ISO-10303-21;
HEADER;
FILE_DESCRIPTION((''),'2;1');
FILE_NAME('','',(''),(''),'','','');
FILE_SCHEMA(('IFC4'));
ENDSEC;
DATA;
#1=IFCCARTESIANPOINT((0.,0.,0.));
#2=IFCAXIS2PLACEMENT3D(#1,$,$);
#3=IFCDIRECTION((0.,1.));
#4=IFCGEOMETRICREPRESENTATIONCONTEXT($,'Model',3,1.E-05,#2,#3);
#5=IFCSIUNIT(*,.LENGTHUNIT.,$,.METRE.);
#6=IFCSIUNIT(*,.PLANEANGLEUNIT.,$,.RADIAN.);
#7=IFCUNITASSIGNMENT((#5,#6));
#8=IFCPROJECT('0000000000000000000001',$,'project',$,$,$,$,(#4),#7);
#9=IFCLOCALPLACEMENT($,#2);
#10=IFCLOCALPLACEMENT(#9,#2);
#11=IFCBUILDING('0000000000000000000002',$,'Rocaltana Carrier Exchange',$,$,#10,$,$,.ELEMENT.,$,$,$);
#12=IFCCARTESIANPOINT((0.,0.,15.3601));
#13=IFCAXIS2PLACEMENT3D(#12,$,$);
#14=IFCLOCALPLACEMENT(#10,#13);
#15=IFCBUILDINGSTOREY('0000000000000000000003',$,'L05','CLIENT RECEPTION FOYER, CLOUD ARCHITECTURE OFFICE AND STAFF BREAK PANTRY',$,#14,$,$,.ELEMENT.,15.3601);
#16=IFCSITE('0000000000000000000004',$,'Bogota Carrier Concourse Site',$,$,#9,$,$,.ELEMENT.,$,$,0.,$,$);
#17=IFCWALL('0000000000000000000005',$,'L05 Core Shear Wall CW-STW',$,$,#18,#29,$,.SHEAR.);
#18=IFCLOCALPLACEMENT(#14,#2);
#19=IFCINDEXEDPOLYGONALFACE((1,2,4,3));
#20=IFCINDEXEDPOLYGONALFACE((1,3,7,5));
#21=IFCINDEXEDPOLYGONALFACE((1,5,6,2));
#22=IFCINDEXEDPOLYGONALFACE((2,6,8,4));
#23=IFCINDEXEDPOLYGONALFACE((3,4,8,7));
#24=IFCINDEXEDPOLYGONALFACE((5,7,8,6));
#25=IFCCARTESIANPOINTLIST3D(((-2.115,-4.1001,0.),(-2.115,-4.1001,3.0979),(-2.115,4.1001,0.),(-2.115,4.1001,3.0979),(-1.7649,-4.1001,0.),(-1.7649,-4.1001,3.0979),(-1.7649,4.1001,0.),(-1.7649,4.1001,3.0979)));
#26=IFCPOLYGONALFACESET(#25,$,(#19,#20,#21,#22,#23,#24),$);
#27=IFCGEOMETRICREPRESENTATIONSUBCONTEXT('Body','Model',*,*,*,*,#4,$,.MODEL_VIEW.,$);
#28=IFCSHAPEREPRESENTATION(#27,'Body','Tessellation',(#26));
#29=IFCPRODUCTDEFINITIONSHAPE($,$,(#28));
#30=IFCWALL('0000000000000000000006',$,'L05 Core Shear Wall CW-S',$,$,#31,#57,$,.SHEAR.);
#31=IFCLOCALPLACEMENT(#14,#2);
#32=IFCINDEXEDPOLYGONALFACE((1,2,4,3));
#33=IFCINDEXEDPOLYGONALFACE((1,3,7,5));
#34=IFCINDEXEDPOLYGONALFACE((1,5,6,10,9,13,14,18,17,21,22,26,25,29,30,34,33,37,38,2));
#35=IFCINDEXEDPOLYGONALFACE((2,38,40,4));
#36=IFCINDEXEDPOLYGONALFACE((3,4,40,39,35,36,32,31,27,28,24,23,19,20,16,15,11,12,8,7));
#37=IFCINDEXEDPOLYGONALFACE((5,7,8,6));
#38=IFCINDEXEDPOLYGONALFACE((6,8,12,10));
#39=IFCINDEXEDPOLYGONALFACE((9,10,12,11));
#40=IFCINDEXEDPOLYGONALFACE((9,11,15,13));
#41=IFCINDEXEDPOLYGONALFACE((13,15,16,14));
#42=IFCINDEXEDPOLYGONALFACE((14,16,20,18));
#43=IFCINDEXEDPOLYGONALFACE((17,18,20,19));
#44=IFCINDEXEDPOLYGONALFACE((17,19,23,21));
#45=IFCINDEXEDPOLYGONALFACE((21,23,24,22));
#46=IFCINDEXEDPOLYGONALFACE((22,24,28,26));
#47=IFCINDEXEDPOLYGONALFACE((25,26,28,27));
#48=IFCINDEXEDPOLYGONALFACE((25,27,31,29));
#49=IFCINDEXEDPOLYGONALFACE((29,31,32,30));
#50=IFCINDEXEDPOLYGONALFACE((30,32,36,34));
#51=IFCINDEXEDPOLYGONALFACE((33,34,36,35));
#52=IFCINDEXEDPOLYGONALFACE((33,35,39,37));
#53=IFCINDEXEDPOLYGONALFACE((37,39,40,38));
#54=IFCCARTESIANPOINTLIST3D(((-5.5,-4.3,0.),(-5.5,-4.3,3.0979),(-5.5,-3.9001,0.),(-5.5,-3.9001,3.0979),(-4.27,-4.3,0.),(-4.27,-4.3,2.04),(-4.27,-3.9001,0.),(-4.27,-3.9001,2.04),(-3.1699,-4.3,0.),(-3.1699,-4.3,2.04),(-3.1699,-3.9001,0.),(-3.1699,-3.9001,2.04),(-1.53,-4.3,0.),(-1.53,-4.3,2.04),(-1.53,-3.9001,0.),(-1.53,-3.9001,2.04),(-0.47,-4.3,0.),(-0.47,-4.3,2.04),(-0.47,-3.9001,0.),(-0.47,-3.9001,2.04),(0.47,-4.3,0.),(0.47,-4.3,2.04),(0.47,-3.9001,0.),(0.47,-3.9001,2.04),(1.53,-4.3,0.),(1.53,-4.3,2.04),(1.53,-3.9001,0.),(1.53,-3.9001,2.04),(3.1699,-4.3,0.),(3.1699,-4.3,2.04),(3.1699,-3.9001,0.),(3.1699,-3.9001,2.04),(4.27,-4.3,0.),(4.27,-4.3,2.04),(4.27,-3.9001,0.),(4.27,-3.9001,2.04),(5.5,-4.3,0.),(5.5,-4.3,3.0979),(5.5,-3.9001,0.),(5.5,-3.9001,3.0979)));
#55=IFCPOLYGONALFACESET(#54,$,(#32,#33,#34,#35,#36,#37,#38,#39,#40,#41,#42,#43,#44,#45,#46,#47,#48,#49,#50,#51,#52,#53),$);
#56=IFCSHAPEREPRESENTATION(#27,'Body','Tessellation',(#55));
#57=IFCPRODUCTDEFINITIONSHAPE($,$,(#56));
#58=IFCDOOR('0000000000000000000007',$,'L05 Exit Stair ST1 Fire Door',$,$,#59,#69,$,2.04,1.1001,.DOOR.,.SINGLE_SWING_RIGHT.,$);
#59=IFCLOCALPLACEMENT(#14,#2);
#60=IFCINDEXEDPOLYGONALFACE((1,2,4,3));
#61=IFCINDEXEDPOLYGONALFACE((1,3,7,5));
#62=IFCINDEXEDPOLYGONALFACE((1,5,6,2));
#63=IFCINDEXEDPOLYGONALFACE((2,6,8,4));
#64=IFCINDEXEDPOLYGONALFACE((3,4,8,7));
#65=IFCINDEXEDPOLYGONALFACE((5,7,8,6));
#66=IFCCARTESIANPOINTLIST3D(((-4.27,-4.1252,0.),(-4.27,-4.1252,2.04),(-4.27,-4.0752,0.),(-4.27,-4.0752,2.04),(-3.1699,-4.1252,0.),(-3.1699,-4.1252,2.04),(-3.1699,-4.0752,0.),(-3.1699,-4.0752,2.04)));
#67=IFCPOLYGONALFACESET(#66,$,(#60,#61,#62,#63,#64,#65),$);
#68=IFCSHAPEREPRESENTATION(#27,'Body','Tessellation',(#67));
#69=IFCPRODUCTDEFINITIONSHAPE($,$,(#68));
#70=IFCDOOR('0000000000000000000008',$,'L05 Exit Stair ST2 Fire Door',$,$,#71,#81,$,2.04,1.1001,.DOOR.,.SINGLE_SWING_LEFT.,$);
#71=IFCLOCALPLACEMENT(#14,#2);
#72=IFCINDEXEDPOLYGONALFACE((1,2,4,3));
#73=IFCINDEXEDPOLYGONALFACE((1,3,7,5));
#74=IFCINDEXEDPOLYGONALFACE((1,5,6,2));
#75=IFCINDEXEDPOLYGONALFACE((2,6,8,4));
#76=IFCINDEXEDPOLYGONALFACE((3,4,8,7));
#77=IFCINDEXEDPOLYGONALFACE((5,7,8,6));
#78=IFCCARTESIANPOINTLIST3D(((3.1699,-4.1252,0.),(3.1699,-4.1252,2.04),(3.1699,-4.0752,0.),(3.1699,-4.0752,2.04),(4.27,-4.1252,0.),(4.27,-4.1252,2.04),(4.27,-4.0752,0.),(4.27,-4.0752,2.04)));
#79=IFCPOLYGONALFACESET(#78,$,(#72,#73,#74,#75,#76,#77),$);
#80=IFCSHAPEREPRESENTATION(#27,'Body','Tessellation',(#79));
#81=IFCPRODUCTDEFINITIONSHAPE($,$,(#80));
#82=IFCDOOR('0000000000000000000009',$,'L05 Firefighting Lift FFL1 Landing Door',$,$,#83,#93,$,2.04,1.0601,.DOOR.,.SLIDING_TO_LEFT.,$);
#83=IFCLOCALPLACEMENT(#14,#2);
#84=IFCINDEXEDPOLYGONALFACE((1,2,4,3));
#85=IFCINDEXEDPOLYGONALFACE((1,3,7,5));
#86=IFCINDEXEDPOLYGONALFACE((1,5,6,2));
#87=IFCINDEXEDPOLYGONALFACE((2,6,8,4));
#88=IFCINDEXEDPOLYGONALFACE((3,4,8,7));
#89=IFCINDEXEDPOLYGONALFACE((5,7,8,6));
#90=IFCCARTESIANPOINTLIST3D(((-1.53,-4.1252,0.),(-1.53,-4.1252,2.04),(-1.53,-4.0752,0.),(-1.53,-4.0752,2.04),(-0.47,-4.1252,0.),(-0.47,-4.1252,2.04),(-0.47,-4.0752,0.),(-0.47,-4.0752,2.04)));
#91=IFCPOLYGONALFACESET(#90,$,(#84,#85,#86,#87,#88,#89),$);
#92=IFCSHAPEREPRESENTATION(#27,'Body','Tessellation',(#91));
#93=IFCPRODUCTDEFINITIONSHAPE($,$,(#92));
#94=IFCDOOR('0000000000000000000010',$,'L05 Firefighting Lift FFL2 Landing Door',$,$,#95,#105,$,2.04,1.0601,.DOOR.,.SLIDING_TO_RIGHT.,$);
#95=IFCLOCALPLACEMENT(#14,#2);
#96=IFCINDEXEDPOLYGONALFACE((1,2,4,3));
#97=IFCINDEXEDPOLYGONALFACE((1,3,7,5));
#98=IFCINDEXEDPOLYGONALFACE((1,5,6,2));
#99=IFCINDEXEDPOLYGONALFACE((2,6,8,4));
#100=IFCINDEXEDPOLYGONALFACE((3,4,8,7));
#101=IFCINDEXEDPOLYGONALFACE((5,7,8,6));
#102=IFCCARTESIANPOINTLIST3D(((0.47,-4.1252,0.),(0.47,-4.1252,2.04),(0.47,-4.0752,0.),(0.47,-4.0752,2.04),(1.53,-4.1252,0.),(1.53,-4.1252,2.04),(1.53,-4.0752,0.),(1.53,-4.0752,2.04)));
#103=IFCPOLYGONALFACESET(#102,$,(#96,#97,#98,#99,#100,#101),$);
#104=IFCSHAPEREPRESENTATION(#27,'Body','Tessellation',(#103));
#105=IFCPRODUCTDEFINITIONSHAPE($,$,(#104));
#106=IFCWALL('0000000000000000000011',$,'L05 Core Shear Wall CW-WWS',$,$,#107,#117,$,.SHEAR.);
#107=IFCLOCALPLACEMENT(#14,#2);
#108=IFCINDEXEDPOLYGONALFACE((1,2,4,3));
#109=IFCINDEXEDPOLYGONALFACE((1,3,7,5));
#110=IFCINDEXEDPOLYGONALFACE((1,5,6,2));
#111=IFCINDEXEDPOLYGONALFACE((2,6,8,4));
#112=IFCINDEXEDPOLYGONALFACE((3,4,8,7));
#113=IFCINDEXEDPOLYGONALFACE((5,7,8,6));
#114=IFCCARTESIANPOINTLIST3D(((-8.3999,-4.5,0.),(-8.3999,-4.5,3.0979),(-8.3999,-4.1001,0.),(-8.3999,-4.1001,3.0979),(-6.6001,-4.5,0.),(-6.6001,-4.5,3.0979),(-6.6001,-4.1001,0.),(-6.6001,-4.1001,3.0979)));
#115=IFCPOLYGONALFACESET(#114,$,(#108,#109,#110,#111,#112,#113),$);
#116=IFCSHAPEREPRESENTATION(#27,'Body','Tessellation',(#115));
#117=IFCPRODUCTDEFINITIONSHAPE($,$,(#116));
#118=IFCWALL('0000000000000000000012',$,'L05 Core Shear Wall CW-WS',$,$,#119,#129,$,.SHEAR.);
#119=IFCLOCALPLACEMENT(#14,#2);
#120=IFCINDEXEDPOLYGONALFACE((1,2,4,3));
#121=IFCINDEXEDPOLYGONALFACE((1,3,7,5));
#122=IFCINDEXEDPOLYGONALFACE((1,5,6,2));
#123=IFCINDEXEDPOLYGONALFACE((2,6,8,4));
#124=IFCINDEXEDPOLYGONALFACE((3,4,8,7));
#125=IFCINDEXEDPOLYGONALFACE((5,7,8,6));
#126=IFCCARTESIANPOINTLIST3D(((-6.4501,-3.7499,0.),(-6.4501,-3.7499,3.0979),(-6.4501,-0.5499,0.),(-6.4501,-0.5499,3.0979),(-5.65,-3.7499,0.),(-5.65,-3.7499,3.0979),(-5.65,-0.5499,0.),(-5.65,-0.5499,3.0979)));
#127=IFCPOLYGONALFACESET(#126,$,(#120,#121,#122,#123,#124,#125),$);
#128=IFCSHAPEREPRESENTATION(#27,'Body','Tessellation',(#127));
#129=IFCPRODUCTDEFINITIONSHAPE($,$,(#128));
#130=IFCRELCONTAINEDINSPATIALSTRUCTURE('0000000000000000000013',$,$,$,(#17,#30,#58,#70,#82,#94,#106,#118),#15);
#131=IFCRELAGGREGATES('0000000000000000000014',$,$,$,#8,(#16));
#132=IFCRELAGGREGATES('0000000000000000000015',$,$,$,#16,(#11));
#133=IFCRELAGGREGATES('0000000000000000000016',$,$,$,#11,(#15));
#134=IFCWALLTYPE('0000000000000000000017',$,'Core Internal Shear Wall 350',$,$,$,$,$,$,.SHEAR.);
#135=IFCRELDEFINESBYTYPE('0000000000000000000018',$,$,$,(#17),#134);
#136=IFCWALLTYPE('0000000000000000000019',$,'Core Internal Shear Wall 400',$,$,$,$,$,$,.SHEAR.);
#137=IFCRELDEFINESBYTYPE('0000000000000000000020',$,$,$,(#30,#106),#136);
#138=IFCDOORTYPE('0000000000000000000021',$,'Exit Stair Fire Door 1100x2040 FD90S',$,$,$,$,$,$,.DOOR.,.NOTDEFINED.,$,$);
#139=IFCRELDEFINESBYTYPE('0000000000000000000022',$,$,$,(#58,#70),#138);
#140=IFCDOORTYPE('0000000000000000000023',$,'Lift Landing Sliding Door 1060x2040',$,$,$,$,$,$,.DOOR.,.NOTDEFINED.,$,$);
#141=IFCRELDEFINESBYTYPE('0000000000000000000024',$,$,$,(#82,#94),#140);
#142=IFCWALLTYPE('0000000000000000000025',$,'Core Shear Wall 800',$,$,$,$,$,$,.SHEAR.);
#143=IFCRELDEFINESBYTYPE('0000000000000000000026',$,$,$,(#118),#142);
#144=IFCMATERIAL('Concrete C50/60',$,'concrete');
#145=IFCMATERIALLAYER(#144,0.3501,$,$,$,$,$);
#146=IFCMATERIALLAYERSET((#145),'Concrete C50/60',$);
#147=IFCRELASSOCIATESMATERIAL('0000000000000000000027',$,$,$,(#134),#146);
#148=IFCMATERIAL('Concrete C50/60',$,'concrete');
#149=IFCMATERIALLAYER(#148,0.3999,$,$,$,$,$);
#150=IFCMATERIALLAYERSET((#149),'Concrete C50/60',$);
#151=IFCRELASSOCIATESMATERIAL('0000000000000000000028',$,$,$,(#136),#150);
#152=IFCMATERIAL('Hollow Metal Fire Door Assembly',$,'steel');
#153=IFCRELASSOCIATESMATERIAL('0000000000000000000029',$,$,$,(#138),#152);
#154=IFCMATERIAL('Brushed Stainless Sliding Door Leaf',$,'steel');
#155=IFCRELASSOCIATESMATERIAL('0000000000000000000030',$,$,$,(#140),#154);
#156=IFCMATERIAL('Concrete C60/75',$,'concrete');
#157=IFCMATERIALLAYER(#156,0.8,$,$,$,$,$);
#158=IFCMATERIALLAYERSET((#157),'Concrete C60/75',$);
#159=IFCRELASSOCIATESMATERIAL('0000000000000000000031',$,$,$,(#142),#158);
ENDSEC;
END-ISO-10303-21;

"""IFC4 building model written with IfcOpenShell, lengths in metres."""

from ifc_helpers import new_model, si_unit, direction, frame, frame_2d, origin, place, context, subcontext, project, spatial, rectangle, extrude, material, layer, layer_set, type_object, element, fill, save


model = new_model("IFC4")

# Units and contexts
model_context = context("Model", 3, precision=1e-05, world=origin(), true_north=direction((0.0, 1.0)))
body_context = subcontext(model_context, "Body", "Model", "MODEL_VIEW")
ifc_project = project(units=[si_unit("LENGTHUNIT", "METRE"), si_unit("PLANEANGLEUNIT", "RADIAN")], contexts=[model_context])

# Site, building, storey
site_placement = place(None, origin())
site = spatial("IfcSite", under=ifc_project, at=site_placement, Name="Bogota Carrier Concourse Site", CompositionType="ELEMENT", RefElevation=0.0)
building_placement = place(site_placement, origin())
building = spatial("IfcBuilding", under=site, at=building_placement, Name="Rocaltana Carrier Exchange", CompositionType="ELEMENT")
storey_placement = place(building_placement, frame((0.0, 0.0, 15.3601)))
storey = spatial("IfcBuildingStorey", under=building, at=storey_placement, Name="L05", Description="CLIENT RECEPTION FOYER, CLOUD ARCHITECTURE OFFICE AND STAFF BREAK PANTRY", CompositionType="ELEMENT", Elevation=15.3601)

# Wall
ifc_material_1 = material(Name="Concrete C50/60", Category="concrete")
ifc_layer_1 = layer(ifc_material_1, 0.3501)
ifc_layer_set_1 = layer_set([ifc_layer_1], Name="Concrete C50/60")
wall_type_1 = type_object("IfcWallType", Name="Core Internal Shear Wall 350", PredefinedType="SHEAR", material=ifc_layer_set_1)
wall_1_placement = place(storey_placement, frame((-1.9399, -4.1001, 0.0), z_axis=(0.0, 0.0, 1.0), x_axis=(0.0, 1.0, 0.0)))
element("IfcWall", 1, at=wall_1_placement, inside=storey, type_object=wall_type_1, Name="L05 Core Shear Wall CW-STW", PredefinedType="SHEAR", context=body_context, shape_type="SweptSolid", body=[
    extrude(rectangle(XDim=8.2002, YDim=0.3501, at=frame_2d((4.1001, 0.0))), origin(), (0.0, 0.0, 1.0), 3.0979),
])

# Wall, openings, doors
ifc_material_2 = material(Name="Concrete C50/60", Category="concrete")
ifc_layer_2 = layer(ifc_material_2, 0.3999)
ifc_layer_set_2 = layer_set([ifc_layer_2], Name="Concrete C50/60")
wall_type_2 = type_object("IfcWallType", Name="Core Internal Shear Wall 400", PredefinedType="SHEAR", material=ifc_layer_set_2)
wall_2_placement = place(storey_placement, frame((-5.5, -4.1001, 0.0), z_axis=(0.0, 0.0, 1.0), x_axis=(1.0, 0.0, 0.0)))
wall_2 = element("IfcWall", 2, at=wall_2_placement, inside=storey, type_object=wall_type_2, Name="L05 Core Shear Wall CW-S", PredefinedType="SHEAR", context=body_context, shape_type="SweptSolid", body=[
    extrude(rectangle(XDim=11.0, YDim=0.3999, at=frame_2d((5.5, 0.0))), origin(), (0.0, 0.0, 1.0), 3.0979),
])
opening_1_placement = place(wall_2_placement, frame((1.23, 0.0, 0.0)))
opening_1 = element("IfcOpeningElement", 3, at=opening_1_placement, cuts=wall_2, PredefinedType="OPENING", context=body_context, shape_type="SweptSolid", body=[
    extrude(rectangle(XDim=1.1001, YDim=2.04, at=frame_2d((0.55, 1.02))), frame((0.0, 0.21, 0.0), z_axis=(0.0, -1.0, 0.0), x_axis=(1.0, 0.0, 0.0)), (0.0, 0.0, 1.0), 0.4199),
])
opening_2_placement = place(wall_2_placement, frame((8.6699, 0.0, 0.0)))
opening_2 = element("IfcOpeningElement", 4, at=opening_2_placement, cuts=wall_2, PredefinedType="OPENING", context=body_context, shape_type="SweptSolid", body=[
    extrude(rectangle(XDim=1.1001, YDim=2.04, at=frame_2d((0.55, 1.02))), frame((0.0, 0.21, 0.0), z_axis=(0.0, -1.0, 0.0), x_axis=(1.0, 0.0, 0.0)), (0.0, 0.0, 1.0), 0.4199),
])
opening_3_placement = place(wall_2_placement, frame((3.97, 0.0, 0.0)))
opening_3 = element("IfcOpeningElement", 5, at=opening_3_placement, cuts=wall_2, PredefinedType="OPENING", context=body_context, shape_type="SweptSolid", body=[
    extrude(rectangle(XDim=1.0601, YDim=2.04, at=frame_2d((0.53, 1.02))), frame((0.0, 0.21, 0.0), z_axis=(0.0, -1.0, 0.0), x_axis=(1.0, 0.0, 0.0)), (0.0, 0.0, 1.0), 0.4199),
])
opening_4_placement = place(wall_2_placement, frame((5.97, 0.0, 0.0)))
opening_4 = element("IfcOpeningElement", 6, at=opening_4_placement, cuts=wall_2, PredefinedType="OPENING", context=body_context, shape_type="SweptSolid", body=[
    extrude(rectangle(XDim=1.0601, YDim=2.04, at=frame_2d((0.53, 1.02))), frame((0.0, 0.21, 0.0), z_axis=(0.0, -1.0, 0.0), x_axis=(1.0, 0.0, 0.0)), (0.0, 0.0, 1.0), 0.4199),
])
ifc_material_3 = material(Name="Hollow Metal Fire Door Assembly", Category="steel")
door_type_1 = type_object("IfcDoorType", Name="Exit Stair Fire Door 1100x2040 FD90S", OperationType="NOTDEFINED", PredefinedType="DOOR", material=ifc_material_3)
door_1_placement = place(opening_1_placement, origin())
door_1 = element("IfcDoor", 7, at=door_1_placement, inside=storey, type_object=door_type_1, Name="L05 Exit Stair ST1 Fire Door", OperationType="SINGLE_SWING_RIGHT", OverallHeight=2.04, OverallWidth=1.1001, PredefinedType="DOOR", context=body_context, shape_type="SweptSolid", body=[
    extrude(rectangle(XDim=1.1001, YDim=2.04, at=frame_2d((0.55, 1.02))), frame((0.0, 0.0249, 0.0), z_axis=(0.0, -1.0, 0.0), x_axis=(1.0, 0.0, 0.0)), (0.0, 0.0, 1.0), 0.05),
])
fill(opening_1, door_1)
door_2_placement = place(opening_2_placement, origin())
door_2 = element("IfcDoor", 8, at=door_2_placement, inside=storey, type_object=door_type_1, Name="L05 Exit Stair ST2 Fire Door", OperationType="SINGLE_SWING_LEFT", OverallHeight=2.04, OverallWidth=1.1001, PredefinedType="DOOR", context=body_context, shape_type="SweptSolid", body=[
    extrude(rectangle(XDim=1.1001, YDim=2.04, at=frame_2d((0.55, 1.02))), frame((0.0, 0.0249, 0.0), z_axis=(0.0, -1.0, 0.0), x_axis=(1.0, 0.0, 0.0)), (0.0, 0.0, 1.0), 0.05),
])
fill(opening_2, door_2)
ifc_material_4 = material(Name="Brushed Stainless Sliding Door Leaf", Category="steel")
door_type_2 = type_object("IfcDoorType", Name="Lift Landing Sliding Door 1060x2040", OperationType="NOTDEFINED", PredefinedType="DOOR", material=ifc_material_4)
door_3_placement = place(opening_3_placement, origin())
door_3 = element("IfcDoor", 9, at=door_3_placement, inside=storey, type_object=door_type_2, Name="L05 Firefighting Lift FFL1 Landing Door", OperationType="SLIDING_TO_LEFT", OverallHeight=2.04, OverallWidth=1.0601, PredefinedType="DOOR", context=body_context, shape_type="SweptSolid", body=[
    extrude(rectangle(XDim=1.0601, YDim=2.04, at=frame_2d((0.53, 1.02))), frame((0.0, 0.0249, 0.0), z_axis=(0.0, -1.0, 0.0), x_axis=(1.0, 0.0, 0.0)), (0.0, 0.0, 1.0), 0.05),
])
fill(opening_3, door_3)
door_4_placement = place(opening_4_placement, origin())
door_4 = element("IfcDoor", 10, at=door_4_placement, inside=storey, type_object=door_type_2, Name="L05 Firefighting Lift FFL2 Landing Door", OperationType="SLIDING_TO_RIGHT", OverallHeight=2.04, OverallWidth=1.0601, PredefinedType="DOOR", context=body_context, shape_type="SweptSolid", body=[
    extrude(rectangle(XDim=1.0601, YDim=2.04, at=frame_2d((0.53, 1.02))), frame((0.0, 0.0249, 0.0), z_axis=(0.0, -1.0, 0.0), x_axis=(1.0, 0.0, 0.0)), (0.0, 0.0, 1.0), 0.05),
])
fill(opening_4, door_4)

# Walls
wall_3_placement = place(storey_placement, frame((-8.3999, -4.3, 0.0), z_axis=(0.0, 0.0, 1.0), x_axis=(1.0, 0.0, 0.0)))
element("IfcWall", 11, at=wall_3_placement, inside=storey, type_object=wall_type_2, Name="L05 Core Shear Wall CW-WWS", PredefinedType="SHEAR", context=body_context, shape_type="SweptSolid", body=[
    extrude(rectangle(XDim=1.7998, YDim=0.3999, at=frame_2d((0.8999, 0.0))), origin(), (0.0, 0.0, 1.0), 3.0979),
])
ifc_material_5 = material(Name="Concrete C60/75", Category="concrete")
ifc_layer_3 = layer(ifc_material_5, 0.8)
ifc_layer_set_3 = layer_set([ifc_layer_3], Name="Concrete C60/75")
wall_type_3 = type_object("IfcWallType", Name="Core Shear Wall 800", PredefinedType="SHEAR", material=ifc_layer_set_3)
wall_4_placement = place(storey_placement, frame((-6.05, -3.75, 0.0), z_axis=(0.0, 0.0, 1.0), x_axis=(0.0, 1.0, 0.0)))
element("IfcWall", 12, at=wall_4_placement, inside=storey, type_object=wall_type_3, Name="L05 Core Shear Wall CW-WS", PredefinedType="SHEAR", context=body_context, shape_type="SweptSolid", body=[
    extrude(rectangle(XDim=3.2, YDim=0.8, at=frame_2d((1.6001, 0.0))), origin(), (0.0, 0.0, 1.0), 3.0979),
])

save(model, "model.ifc")
